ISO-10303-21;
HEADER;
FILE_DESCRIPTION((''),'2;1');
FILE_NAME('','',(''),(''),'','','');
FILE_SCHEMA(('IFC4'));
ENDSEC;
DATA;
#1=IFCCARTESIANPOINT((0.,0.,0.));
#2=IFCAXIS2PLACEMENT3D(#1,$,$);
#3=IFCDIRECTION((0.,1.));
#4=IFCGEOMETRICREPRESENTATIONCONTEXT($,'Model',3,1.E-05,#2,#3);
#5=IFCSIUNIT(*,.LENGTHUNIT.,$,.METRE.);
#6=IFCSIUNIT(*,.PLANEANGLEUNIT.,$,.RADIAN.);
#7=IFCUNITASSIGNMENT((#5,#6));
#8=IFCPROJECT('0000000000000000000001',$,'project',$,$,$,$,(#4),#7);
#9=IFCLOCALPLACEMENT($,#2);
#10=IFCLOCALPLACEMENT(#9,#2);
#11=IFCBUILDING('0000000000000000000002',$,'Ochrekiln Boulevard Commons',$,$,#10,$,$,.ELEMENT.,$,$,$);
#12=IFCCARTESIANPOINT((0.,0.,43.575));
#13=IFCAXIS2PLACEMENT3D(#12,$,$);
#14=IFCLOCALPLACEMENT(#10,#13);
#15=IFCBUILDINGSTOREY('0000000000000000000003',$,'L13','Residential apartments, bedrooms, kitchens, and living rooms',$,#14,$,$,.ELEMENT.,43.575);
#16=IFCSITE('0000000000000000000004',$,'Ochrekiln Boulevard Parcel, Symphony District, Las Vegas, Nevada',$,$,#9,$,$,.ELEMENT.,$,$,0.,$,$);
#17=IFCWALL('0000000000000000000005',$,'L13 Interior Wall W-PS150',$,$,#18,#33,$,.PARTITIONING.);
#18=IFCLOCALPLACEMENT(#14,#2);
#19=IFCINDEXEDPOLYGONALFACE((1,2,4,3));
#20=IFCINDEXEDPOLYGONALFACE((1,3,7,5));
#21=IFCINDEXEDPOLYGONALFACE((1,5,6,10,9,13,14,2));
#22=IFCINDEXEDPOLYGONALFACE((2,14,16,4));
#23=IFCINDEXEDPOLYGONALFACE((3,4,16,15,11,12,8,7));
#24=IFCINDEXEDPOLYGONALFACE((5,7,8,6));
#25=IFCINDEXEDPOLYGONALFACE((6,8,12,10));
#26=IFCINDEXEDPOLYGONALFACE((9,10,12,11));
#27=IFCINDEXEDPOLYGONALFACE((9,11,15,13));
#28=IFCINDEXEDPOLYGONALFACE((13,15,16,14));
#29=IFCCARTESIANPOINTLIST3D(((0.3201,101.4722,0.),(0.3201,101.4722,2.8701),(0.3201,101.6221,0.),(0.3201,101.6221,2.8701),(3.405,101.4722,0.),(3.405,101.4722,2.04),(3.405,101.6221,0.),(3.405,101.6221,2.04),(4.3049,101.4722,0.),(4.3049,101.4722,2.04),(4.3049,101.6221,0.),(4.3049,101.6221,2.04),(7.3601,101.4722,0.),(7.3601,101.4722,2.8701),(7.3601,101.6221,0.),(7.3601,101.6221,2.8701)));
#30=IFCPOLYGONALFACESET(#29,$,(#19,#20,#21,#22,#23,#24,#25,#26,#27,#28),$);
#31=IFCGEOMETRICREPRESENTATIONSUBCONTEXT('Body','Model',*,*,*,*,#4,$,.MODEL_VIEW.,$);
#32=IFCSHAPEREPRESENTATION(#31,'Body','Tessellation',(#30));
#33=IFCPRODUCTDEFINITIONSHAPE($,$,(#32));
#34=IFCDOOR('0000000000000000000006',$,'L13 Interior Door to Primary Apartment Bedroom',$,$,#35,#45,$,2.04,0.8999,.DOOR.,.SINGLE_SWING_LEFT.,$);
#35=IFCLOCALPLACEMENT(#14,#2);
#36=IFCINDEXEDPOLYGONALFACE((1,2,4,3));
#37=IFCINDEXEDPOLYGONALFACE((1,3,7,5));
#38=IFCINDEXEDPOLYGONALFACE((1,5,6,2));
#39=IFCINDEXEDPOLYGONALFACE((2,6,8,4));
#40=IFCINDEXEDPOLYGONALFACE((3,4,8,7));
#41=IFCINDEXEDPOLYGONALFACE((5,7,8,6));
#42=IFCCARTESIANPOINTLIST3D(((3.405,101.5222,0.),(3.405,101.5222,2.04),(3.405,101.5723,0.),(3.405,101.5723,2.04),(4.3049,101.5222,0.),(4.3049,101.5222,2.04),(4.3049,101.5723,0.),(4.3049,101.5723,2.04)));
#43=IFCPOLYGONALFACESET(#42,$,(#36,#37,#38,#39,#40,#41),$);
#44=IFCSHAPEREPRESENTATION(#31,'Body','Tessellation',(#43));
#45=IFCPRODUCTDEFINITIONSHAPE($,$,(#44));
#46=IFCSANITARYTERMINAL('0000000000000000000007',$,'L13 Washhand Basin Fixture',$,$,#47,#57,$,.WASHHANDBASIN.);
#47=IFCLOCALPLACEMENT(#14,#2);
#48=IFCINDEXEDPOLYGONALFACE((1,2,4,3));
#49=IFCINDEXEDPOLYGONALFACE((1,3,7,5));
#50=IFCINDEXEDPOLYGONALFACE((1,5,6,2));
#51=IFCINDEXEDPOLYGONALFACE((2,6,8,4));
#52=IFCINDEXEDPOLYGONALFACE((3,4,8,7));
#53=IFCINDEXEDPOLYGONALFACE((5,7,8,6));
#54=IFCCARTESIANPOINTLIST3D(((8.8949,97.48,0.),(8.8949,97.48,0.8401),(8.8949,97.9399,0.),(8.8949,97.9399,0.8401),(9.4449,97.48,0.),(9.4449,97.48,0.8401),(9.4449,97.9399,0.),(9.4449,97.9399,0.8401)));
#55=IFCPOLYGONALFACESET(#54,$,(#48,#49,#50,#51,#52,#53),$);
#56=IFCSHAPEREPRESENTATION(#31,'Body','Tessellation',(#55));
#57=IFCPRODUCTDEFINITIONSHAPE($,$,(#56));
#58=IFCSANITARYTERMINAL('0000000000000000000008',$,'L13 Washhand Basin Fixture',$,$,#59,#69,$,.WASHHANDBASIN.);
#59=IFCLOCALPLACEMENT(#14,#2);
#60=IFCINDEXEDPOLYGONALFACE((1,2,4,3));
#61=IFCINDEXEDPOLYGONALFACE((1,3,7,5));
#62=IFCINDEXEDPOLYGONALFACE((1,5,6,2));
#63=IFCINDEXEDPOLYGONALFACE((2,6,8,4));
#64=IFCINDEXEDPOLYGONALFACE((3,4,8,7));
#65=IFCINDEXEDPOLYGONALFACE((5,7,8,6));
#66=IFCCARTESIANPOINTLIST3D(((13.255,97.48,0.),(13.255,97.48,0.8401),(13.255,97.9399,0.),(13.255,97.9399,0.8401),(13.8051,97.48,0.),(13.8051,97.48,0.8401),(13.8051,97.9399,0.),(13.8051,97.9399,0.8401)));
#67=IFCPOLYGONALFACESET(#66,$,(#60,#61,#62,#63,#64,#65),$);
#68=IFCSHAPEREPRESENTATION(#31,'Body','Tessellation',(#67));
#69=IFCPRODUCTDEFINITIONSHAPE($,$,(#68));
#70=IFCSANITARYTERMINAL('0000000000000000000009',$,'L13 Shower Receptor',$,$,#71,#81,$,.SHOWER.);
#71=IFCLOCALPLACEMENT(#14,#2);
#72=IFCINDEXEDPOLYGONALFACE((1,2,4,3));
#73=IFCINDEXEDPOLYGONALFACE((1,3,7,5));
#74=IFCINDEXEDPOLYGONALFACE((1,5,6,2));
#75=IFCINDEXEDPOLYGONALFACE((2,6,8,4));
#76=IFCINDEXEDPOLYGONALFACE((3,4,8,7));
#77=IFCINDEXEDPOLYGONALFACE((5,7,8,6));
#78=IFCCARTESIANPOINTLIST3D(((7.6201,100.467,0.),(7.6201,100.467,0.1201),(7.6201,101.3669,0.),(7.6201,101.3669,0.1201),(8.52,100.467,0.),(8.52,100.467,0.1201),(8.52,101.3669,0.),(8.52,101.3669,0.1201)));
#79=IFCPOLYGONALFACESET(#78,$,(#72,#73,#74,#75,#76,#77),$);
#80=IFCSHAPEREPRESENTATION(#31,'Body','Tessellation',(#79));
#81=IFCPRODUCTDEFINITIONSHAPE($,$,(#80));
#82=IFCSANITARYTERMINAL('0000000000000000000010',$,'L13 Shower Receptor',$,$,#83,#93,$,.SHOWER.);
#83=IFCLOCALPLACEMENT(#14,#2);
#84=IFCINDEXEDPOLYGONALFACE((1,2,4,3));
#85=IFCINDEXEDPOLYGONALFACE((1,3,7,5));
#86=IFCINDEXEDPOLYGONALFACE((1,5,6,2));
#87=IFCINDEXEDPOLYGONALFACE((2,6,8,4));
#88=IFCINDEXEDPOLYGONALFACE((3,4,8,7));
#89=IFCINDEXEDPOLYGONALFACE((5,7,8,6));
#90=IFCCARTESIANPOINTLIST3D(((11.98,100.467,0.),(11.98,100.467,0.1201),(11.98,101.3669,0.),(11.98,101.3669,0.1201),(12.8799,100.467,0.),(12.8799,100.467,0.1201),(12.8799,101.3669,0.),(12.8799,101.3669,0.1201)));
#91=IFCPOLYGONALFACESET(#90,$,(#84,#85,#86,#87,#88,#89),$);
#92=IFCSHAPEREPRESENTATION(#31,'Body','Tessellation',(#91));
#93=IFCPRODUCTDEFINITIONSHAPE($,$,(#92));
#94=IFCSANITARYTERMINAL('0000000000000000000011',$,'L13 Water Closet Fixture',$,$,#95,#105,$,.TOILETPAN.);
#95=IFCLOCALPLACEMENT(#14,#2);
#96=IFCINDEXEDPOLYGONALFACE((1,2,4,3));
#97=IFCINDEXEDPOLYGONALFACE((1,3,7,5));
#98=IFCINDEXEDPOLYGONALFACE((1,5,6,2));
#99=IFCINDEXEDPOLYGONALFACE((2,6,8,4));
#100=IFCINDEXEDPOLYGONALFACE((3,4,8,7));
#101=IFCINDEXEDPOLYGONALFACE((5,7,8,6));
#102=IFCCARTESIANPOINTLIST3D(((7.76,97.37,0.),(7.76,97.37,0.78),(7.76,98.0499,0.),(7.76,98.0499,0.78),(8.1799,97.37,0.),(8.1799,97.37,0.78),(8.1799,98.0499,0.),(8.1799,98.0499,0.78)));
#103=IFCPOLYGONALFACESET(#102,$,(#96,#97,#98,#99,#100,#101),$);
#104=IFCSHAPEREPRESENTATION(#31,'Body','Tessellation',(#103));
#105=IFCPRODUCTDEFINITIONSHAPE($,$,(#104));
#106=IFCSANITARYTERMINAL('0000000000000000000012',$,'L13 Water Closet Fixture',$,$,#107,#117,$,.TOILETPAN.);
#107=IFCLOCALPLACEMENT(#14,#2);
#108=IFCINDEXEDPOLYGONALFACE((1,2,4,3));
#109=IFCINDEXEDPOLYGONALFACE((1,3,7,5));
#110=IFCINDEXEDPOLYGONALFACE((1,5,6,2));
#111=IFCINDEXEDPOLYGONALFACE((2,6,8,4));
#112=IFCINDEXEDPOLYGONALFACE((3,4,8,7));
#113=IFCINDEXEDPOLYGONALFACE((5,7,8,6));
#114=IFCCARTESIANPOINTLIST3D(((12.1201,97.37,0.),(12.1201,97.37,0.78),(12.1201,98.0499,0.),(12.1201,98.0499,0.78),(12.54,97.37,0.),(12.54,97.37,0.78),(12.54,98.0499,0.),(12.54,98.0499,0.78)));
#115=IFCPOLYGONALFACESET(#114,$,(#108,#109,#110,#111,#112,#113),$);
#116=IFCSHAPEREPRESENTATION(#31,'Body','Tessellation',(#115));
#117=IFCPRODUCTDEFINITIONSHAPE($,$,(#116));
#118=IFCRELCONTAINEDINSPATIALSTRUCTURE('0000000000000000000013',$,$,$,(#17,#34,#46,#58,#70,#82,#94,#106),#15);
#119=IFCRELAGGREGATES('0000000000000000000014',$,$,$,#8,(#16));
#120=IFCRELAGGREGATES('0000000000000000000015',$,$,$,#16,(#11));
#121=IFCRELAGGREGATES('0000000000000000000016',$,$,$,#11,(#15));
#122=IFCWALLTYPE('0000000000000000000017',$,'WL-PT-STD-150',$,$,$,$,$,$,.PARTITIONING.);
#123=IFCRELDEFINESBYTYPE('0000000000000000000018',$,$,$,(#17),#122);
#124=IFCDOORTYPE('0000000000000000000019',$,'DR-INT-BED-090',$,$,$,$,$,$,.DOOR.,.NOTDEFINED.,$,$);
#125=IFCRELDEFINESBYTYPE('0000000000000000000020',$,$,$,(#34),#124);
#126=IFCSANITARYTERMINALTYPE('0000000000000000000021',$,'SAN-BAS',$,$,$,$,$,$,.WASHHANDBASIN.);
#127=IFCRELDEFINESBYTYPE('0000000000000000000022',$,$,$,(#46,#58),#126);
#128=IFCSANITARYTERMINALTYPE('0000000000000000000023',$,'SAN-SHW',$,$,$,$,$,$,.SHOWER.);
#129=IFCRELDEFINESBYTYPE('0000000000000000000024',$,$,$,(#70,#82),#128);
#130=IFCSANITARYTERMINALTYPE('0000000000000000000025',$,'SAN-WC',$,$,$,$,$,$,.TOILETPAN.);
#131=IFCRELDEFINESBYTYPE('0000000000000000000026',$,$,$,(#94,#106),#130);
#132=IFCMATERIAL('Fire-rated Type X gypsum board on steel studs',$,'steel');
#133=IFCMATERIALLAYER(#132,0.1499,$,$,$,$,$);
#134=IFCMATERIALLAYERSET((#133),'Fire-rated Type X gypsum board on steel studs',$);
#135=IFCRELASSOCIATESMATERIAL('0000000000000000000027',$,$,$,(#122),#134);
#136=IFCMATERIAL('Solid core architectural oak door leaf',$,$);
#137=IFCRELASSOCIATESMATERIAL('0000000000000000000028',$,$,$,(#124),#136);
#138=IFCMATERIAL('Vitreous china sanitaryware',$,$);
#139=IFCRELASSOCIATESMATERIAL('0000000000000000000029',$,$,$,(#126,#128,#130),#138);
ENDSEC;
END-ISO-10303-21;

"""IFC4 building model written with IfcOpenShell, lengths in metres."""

from ifc_helpers import new_model, si_unit, direction, frame, frame_2d, origin, origin_2d, place, context, subcontext, project, spatial, rectangle, extrude, material, layer, layer_set, type_object, element, fill, save


model = new_model("IFC4")

# Units and contexts
model_context = context("Model", 3, precision=1e-05, world=origin(), true_north=direction((0.0, 1.0)))
body_context = subcontext(model_context, "Body", "Model", "MODEL_VIEW")
ifc_project = project(units=[si_unit("LENGTHUNIT", "METRE"), si_unit("PLANEANGLEUNIT", "RADIAN")], contexts=[model_context])

# Site, building, storey
site_placement = place(None, origin())
site = spatial("IfcSite", under=ifc_project, at=site_placement, Name="Ochrekiln Boulevard Parcel, Symphony District, Las Vegas, Nevada", CompositionType="ELEMENT", RefElevation=0.0)
building_placement = place(site_placement, origin())
building = spatial("IfcBuilding", under=site, at=building_placement, Name="Ochrekiln Boulevard Commons", CompositionType="ELEMENT")
storey_placement = place(building_placement, frame((0.0, 0.0, 43.575)))
storey = spatial("IfcBuildingStorey", under=building, at=storey_placement, Name="L13", Description="Residential apartments, bedrooms, kitchens, and living rooms", CompositionType="ELEMENT", Elevation=43.575)

# Shared definitions
ifc_material_1 = material(Name="Fire-rated Type X gypsum board on steel studs", Category="steel")

# Wall, opening, door
ifc_layer_1 = layer(ifc_material_1, 0.1499)
ifc_layer_set_1 = layer_set([ifc_layer_1], Name="Fire-rated Type X gypsum board on steel studs")
wall_type_1 = type_object("IfcWallType", Name="WL-PT-STD-150", PredefinedType="PARTITIONING", material=ifc_layer_set_1)
wall_1_placement = place(storey_placement, frame((0.3201, 101.5471, 0.0), z_axis=(0.0, 0.0, 1.0), x_axis=(1.0, 0.0, 0.0)))
wall_1 = element("IfcWall", 1, at=wall_1_placement, inside=storey, type_object=wall_type_1, Name="L13 Interior Wall W-PS150", PredefinedType="PARTITIONING", context=body_context, shape_type="SweptSolid", body=[
    extrude(rectangle(XDim=7.04, YDim=0.1499, at=frame_2d((3.52, 0.0))), origin(), (0.0, 0.0, 1.0), 2.8701),
])
opening_placement = place(wall_1_placement, frame((3.085, 0.0, 0.0)))
opening = element("IfcOpeningElement", 2, at=opening_placement, cuts=wall_1, PredefinedType="OPENING", context=body_context, shape_type="SweptSolid", body=[
    extrude(rectangle(XDim=0.8999, YDim=2.04, at=frame_2d((0.45, 1.02))), frame((0.0, 0.085, 0.0), z_axis=(0.0, -1.0, 0.0), x_axis=(1.0, 0.0, 0.0)), (0.0, 0.0, 1.0), 0.1699),
])
ifc_material_2 = material(Name="Solid core architectural oak door leaf")
door_type = type_object("IfcDoorType", Name="DR-INT-BED-090", OperationType="NOTDEFINED", PredefinedType="DOOR", material=ifc_material_2)
door_placement = place(opening_placement, frame((0.8999, 0.0, 0.0), z_axis=(0.0, 0.0, 1.0), x_axis=(-1.0, 0.0, 0.0)))
door = element("IfcDoor", 3, at=door_placement, inside=storey, type_object=door_type, Name="L13 Interior Door to Primary Apartment Bedroom", OperationType="SINGLE_SWING_LEFT", OverallHeight=2.04, OverallWidth=0.8999, PredefinedType="DOOR", context=body_context, shape_type="SweptSolid", body=[
    extrude(rectangle(XDim=0.8999, YDim=2.04, at=frame_2d((0.45, 1.02))), frame((0.0, 0.0249, 0.0), z_axis=(0.0, -1.0, 0.0), x_axis=(1.0, 0.0, 0.0)), (0.0, 0.0, 1.0), 0.05),
])
fill(opening, door)

# Sanitary terminals
ifc_material_3 = material(Name="Vitreous china sanitaryware")
sanitary_terminal_type_1 = type_object("IfcSanitaryTerminalType", Name="SAN-BAS", PredefinedType="WASHHANDBASIN", material=ifc_material_3)
for number, where, z_axis, x_axis, name in (
    (4, (9.1699, 97.71, 0.0), (0.0, 0.0, 1.0), (1.0, 0.0, 0.0), "L13 Washhand Basin Fixture"),
    (5, (13.53, 97.71, 0.0), (0.0, 0.0, 1.0), (1.0, 0.0, 0.0), "L13 Washhand Basin Fixture"),
):
    element("IfcSanitaryTerminal", number, at=place(storey_placement, frame(where, z_axis=z_axis, x_axis=x_axis)), inside=storey, type_object=sanitary_terminal_type_1, Name=name, PredefinedType="WASHHANDBASIN", context=body_context, shape_type="SweptSolid", body=[
        extrude(rectangle(XDim=0.55, YDim=0.46, at=origin_2d()), origin(), (0.0, 0.0, 1.0), 0.8401),
    ])
sanitary_terminal_type_2 = type_object("IfcSanitaryTerminalType", Name="SAN-SHW", PredefinedType="SHOWER", material=ifc_material_3)
for number, where, z_axis, x_axis, name in (
    (6, (8.0701, 100.917, 0.0), (0.0, 0.0, 1.0), (1.0, 0.0, 0.0), "L13 Shower Receptor"),
    (7, (12.4299, 100.917, 0.0), (0.0, 0.0, 1.0), (1.0, 0.0, 0.0), "L13 Shower Receptor"),
):
    element("IfcSanitaryTerminal", number, at=place(storey_placement, frame(where, z_axis=z_axis, x_axis=x_axis)), inside=storey, type_object=sanitary_terminal_type_2, Name=name, PredefinedType="SHOWER", context=body_context, shape_type="SweptSolid", body=[
        extrude(rectangle(XDim=0.8999, YDim=0.8999, at=origin_2d()), origin(), (0.0, 0.0, 1.0), 0.1201),
    ])
sanitary_terminal_type_3 = type_object("IfcSanitaryTerminalType", Name="SAN-WC", PredefinedType="TOILETPAN", material=ifc_material_3)
for number, where, z_axis, x_axis, name in (
    (8, (7.97, 97.71, 0.0), (0.0, 0.0, 1.0), (1.0, 0.0, 0.0), "L13 Water Closet Fixture"),
    (9, (12.3301, 97.71, 0.0), (0.0, 0.0, 1.0), (1.0, 0.0, 0.0), "L13 Water Closet Fixture"),
):
    element("IfcSanitaryTerminal", number, at=place(storey_placement, frame(where, z_axis=z_axis, x_axis=x_axis)), inside=storey, type_object=sanitary_terminal_type_3, Name=name, PredefinedType="TOILETPAN", context=body_context, shape_type="SweptSolid", body=[
        extrude(rectangle(XDim=0.4199, YDim=0.6799, at=origin_2d()), origin(), (0.0, 0.0, 1.0), 0.78),
    ])

save(model, "model.ifc")
